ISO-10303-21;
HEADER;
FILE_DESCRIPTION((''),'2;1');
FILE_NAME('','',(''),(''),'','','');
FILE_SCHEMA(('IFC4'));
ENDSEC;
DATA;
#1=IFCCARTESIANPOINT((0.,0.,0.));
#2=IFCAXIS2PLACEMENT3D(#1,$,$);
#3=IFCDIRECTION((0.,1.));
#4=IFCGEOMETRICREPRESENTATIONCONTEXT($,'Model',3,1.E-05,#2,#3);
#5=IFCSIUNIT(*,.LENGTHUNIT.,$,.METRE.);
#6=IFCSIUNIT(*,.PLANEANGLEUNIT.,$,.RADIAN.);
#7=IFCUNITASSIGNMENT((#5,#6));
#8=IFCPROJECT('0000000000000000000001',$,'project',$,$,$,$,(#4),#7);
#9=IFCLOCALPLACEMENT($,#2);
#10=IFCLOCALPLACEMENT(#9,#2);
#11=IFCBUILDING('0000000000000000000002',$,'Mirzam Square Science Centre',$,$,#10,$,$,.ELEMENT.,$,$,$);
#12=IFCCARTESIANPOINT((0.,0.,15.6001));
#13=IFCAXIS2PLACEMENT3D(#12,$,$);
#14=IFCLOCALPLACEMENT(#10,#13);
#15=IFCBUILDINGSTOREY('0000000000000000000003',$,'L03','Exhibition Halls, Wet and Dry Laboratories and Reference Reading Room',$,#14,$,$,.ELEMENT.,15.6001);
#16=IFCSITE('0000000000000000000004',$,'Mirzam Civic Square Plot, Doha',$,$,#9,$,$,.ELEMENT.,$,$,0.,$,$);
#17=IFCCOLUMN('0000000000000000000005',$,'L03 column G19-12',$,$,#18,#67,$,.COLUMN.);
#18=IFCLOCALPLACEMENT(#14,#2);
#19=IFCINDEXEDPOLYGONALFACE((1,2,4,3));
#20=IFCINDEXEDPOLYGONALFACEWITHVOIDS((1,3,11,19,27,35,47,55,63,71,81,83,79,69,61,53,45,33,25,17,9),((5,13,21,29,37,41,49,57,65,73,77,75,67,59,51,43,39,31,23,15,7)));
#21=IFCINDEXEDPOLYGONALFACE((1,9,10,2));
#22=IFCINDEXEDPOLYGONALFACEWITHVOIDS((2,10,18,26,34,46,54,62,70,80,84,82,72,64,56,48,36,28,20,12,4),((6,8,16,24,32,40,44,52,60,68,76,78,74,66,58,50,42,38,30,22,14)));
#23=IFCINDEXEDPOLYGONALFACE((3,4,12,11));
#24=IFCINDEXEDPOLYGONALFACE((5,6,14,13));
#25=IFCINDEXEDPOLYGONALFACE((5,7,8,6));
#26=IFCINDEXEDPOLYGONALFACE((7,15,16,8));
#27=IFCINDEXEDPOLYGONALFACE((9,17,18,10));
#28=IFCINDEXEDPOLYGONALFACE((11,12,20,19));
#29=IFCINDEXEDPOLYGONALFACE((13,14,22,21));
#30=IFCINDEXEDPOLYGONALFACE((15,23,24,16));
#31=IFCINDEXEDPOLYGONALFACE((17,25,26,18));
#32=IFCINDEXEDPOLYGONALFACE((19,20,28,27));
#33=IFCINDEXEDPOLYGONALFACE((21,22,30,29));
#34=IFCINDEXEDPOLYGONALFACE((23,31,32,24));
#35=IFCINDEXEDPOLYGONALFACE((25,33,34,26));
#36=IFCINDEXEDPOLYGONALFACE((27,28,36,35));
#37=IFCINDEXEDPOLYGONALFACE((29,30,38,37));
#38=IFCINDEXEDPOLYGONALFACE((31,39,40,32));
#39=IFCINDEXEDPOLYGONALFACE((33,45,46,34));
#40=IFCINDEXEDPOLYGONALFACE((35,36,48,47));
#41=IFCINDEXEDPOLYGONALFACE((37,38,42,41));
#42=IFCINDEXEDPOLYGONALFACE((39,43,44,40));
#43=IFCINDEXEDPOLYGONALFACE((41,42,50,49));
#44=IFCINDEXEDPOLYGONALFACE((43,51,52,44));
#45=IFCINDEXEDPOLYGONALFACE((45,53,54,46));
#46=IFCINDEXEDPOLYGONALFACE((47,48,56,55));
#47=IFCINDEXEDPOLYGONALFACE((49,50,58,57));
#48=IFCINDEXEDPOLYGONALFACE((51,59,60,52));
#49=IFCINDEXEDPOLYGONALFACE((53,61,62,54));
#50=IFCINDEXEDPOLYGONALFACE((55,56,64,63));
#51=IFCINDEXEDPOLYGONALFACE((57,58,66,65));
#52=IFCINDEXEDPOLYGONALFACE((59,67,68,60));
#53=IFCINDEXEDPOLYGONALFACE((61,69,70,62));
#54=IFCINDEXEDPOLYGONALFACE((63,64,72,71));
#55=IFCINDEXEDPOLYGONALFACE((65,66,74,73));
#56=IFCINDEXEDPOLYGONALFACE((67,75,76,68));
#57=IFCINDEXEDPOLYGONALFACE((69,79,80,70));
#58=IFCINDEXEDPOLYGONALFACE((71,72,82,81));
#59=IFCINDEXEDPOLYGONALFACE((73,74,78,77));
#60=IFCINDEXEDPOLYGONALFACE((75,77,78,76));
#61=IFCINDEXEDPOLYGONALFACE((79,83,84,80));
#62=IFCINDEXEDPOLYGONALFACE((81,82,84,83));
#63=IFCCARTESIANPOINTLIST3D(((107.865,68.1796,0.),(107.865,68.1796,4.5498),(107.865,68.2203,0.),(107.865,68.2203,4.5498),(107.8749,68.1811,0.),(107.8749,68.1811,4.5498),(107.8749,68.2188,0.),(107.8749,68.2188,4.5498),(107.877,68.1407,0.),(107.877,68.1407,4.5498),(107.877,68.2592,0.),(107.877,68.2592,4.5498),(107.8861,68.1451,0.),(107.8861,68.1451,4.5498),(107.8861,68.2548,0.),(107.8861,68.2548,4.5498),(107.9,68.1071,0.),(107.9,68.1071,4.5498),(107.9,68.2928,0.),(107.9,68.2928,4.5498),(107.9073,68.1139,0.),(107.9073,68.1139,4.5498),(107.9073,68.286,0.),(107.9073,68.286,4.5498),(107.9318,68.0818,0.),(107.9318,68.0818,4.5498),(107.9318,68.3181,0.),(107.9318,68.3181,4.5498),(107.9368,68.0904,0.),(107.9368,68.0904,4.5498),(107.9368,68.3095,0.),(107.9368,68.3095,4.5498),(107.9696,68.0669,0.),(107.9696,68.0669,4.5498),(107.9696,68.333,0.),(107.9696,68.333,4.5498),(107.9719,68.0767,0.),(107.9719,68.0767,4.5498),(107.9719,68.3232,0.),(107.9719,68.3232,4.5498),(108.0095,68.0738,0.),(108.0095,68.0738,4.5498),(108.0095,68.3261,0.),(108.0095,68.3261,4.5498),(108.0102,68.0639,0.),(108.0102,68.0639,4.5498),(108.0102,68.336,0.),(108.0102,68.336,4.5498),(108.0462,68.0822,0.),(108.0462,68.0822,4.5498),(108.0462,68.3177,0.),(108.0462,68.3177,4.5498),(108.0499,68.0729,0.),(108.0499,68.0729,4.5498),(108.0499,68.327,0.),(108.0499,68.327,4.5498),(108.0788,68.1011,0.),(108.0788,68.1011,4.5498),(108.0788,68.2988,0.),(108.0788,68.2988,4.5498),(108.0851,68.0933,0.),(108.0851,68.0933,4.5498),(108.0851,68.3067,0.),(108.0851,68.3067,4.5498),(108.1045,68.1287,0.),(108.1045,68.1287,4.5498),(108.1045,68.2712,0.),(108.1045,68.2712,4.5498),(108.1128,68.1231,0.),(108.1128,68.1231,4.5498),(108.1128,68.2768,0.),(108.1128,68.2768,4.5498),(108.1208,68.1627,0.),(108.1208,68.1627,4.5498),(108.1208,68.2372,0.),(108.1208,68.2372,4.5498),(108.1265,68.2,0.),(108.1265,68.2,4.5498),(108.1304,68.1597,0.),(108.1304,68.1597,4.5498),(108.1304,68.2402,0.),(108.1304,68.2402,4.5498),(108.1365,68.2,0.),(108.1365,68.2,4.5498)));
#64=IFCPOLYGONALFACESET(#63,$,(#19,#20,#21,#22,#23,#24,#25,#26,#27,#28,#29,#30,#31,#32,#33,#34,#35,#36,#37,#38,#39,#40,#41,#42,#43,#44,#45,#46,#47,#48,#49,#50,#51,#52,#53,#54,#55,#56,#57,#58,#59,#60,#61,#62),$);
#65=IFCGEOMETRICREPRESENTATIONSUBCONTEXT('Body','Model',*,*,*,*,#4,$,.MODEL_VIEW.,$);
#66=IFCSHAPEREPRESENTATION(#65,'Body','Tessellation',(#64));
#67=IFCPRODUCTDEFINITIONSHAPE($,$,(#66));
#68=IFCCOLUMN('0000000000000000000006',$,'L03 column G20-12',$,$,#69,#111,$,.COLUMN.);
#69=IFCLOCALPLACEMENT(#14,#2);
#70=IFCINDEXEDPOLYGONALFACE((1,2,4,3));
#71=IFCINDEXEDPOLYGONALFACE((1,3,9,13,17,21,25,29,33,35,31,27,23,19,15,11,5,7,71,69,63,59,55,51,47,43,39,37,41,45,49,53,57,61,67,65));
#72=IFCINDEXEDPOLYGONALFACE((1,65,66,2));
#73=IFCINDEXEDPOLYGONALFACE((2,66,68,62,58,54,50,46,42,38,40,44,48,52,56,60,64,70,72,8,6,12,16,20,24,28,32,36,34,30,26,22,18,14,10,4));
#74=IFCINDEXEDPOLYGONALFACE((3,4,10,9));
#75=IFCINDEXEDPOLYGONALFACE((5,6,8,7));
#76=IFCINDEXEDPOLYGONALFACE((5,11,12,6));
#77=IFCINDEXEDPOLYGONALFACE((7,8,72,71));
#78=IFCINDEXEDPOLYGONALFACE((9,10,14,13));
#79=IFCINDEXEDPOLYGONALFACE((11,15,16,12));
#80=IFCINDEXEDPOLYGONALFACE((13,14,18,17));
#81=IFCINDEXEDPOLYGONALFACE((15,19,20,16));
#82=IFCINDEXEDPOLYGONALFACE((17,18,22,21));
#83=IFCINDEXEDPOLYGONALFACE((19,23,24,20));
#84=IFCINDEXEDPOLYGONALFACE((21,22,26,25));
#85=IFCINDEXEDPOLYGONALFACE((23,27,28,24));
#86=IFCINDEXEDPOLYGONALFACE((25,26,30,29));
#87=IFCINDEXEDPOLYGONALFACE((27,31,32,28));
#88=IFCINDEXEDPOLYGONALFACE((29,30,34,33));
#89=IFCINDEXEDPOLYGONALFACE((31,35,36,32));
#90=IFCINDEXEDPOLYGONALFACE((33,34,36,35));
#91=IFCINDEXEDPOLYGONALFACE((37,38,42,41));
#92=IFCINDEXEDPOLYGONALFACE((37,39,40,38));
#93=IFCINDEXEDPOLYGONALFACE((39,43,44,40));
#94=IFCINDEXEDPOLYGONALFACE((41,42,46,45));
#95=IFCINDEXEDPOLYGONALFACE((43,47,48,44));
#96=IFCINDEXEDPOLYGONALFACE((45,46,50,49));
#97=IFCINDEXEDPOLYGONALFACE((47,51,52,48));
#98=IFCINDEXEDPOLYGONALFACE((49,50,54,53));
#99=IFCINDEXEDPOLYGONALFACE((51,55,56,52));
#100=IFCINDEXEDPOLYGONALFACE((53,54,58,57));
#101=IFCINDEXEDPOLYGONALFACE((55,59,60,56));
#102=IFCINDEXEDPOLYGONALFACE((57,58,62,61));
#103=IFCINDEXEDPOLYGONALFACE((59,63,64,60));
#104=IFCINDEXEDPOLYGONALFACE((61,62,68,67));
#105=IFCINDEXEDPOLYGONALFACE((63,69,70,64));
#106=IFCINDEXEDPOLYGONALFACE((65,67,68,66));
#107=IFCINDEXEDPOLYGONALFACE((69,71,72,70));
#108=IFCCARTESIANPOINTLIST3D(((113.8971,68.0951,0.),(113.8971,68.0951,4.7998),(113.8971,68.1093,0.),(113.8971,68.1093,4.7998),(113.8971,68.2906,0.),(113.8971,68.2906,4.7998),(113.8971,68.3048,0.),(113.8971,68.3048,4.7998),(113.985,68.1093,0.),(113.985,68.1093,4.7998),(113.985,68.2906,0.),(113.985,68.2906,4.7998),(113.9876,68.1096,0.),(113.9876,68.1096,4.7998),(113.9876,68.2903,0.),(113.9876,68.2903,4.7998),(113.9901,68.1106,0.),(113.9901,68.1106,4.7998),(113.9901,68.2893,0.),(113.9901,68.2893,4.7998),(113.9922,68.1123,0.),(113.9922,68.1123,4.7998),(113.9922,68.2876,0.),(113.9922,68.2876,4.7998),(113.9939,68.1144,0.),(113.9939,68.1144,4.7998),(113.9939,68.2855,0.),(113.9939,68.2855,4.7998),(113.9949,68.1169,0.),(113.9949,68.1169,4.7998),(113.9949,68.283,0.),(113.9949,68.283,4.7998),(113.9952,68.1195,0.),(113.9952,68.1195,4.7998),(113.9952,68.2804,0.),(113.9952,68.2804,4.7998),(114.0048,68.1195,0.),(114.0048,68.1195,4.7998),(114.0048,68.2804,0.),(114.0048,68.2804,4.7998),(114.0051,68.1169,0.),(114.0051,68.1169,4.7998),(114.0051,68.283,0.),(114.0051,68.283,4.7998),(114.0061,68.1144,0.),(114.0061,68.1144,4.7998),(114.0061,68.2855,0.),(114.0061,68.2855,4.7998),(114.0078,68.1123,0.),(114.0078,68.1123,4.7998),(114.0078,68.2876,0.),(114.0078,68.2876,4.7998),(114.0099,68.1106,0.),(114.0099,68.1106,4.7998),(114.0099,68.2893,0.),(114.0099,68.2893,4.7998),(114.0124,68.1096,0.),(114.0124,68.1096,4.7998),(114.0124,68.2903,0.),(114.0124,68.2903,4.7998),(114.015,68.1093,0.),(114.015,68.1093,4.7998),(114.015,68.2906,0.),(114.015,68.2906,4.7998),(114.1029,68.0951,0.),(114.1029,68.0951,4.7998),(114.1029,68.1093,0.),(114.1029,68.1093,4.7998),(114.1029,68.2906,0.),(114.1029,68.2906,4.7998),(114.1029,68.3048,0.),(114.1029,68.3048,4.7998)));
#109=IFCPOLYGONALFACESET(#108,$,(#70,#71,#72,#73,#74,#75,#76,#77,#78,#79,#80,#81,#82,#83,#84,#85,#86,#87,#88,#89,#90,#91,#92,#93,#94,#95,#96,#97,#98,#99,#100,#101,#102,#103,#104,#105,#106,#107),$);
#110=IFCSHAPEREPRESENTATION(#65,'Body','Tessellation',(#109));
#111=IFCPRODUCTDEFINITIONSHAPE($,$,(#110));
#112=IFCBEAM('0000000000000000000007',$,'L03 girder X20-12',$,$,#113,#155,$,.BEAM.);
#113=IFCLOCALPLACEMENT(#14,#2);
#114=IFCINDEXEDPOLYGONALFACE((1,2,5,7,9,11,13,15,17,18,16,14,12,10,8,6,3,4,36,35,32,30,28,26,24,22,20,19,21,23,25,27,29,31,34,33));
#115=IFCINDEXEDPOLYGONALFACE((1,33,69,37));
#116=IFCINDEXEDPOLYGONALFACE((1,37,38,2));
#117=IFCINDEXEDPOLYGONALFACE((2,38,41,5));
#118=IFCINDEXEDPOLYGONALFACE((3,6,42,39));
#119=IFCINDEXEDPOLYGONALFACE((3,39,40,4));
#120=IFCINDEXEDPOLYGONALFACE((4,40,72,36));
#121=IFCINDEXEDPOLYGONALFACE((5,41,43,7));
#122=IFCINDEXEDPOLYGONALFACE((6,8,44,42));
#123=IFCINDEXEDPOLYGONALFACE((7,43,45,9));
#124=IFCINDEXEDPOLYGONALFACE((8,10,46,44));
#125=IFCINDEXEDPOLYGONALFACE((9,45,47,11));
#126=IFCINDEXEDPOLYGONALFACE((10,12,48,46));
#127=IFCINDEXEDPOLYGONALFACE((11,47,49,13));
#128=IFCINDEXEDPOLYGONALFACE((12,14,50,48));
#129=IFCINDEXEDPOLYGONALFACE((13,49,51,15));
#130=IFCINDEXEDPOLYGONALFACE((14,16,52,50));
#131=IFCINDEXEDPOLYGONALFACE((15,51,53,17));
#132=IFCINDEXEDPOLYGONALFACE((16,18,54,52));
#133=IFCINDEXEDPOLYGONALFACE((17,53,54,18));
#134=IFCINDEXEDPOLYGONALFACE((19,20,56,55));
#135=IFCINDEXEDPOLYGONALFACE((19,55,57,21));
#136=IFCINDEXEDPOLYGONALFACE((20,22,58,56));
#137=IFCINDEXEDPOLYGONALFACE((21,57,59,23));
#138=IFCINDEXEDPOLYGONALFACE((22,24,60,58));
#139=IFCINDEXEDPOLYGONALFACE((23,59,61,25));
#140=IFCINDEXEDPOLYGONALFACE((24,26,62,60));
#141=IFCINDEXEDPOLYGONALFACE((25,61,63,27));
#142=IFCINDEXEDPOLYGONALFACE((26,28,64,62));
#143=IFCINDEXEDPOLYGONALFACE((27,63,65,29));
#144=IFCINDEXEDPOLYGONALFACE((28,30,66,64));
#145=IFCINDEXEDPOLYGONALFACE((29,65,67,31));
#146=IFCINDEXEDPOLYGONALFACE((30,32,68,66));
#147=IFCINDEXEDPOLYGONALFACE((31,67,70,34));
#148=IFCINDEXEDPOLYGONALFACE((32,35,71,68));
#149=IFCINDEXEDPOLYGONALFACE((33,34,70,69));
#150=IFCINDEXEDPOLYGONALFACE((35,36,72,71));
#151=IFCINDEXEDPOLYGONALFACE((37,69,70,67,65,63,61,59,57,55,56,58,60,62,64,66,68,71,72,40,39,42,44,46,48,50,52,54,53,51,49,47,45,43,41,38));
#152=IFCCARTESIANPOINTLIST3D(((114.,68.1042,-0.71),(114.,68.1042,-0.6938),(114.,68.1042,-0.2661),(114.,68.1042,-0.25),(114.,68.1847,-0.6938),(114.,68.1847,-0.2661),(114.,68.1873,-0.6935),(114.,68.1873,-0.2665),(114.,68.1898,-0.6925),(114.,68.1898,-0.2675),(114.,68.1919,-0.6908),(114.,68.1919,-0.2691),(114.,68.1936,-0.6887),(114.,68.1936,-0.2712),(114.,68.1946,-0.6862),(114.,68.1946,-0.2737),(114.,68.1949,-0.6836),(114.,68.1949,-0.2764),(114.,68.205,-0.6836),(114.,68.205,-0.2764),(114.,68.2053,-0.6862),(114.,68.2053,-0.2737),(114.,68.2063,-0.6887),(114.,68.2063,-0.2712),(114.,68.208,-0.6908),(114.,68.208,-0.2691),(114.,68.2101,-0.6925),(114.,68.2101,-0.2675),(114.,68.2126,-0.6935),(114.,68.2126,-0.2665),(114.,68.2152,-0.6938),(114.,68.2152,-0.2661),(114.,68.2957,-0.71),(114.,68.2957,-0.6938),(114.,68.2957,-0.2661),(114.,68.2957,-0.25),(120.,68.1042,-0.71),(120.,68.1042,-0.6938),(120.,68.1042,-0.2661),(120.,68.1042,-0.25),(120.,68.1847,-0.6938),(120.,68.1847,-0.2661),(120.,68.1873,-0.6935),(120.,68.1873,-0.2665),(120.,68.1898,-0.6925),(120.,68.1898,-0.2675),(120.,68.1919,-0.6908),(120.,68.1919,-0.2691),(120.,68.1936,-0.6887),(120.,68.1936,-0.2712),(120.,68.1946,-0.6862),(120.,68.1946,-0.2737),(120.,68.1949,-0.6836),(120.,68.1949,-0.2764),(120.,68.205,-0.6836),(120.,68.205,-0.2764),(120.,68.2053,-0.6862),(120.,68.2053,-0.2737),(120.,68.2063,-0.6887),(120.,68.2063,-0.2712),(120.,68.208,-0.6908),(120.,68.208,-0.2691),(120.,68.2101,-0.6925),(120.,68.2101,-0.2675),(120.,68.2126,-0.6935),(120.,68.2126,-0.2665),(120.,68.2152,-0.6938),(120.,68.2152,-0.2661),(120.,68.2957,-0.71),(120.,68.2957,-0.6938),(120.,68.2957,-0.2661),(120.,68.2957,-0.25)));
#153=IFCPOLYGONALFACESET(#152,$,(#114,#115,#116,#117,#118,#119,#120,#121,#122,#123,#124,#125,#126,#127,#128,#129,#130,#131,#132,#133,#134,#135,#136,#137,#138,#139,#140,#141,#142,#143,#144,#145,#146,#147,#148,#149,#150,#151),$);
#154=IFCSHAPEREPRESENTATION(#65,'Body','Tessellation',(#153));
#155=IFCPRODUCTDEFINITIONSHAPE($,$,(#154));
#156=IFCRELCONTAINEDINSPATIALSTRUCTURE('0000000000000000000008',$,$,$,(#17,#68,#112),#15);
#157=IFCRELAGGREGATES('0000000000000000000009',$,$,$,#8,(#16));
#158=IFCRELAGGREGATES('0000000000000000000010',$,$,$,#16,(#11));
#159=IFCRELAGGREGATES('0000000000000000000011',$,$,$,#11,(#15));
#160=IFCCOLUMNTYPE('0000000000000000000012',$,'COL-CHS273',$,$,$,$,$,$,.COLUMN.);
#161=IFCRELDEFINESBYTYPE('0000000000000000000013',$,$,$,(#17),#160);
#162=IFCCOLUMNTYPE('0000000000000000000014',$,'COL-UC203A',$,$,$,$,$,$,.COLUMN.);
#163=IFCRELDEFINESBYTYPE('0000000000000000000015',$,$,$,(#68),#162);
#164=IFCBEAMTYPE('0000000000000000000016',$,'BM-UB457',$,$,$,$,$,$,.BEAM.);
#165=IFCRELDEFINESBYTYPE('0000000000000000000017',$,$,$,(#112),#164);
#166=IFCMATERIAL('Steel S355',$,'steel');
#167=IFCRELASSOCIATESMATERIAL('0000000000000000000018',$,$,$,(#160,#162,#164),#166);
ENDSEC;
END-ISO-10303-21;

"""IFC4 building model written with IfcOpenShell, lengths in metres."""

from ifc_helpers import new_model, si_unit, direction, frame, origin, origin_2d, place, context, subcontext, project, spatial, hollow_circle, i_section, extrude, material, material_profile, profile_set, type_object, element, save


model = new_model("IFC4")

# Units and contexts
model_context = context("Model", 3, precision=1e-05, world=origin(), true_north=direction((0.0, 1.0)))
body_context = subcontext(model_context, "Body", "Model", "MODEL_VIEW")
ifc_project = project(units=[si_unit("LENGTHUNIT", "METRE"), si_unit("PLANEANGLEUNIT", "RADIAN")], contexts=[model_context])

# Site, building, storey
site_placement = place(None, origin())
site = spatial("IfcSite", under=ifc_project, at=site_placement, Name="Mirzam Civic Square Plot, Doha", CompositionType="ELEMENT", RefElevation=0.0)
building_placement = place(site_placement, origin())
building = spatial("IfcBuilding", under=site, at=building_placement, Name="Mirzam Square Science Centre", CompositionType="ELEMENT")
storey_placement = place(building_placement, frame((0.0, 0.0, 15.6001)))
storey = spatial("IfcBuildingStorey", under=building, at=storey_placement, Name="L03", Description="Exhibition Halls, Wet and Dry Laboratories and Reference Reading Room", CompositionType="ELEMENT", Elevation=15.6001)

# Columns
ifc_material_1 = material(Name="Steel S355", Category="steel")
ifc_material_profile_1 = material_profile(ifc_material_1, hollow_circle(Radius=0.1365, WallThickness=0.01, at=origin_2d()), Name="273.0x10.0CHS")
ifc_profile_set_1 = profile_set([ifc_material_profile_1], Name="Steel S355")
column_type_1 = type_object("IfcColumnType", Name="COL-CHS273", PredefinedType="COLUMN", material=ifc_profile_set_1)
column_1_placement = place(storey_placement, frame((108.0, 68.2, 0.0), z_axis=(0.0, 0.0, 1.0), x_axis=(1.0, 0.0, 0.0)))
element("IfcColumn", 1, at=column_1_placement, inside=storey, type_object=column_type_1, Name="L03 column G19-12", PredefinedType="COLUMN", context=body_context, shape_type="SweptSolid", body=[
    extrude(hollow_circle(Radius=0.1365, WallThickness=0.01, at=origin_2d()), origin(), (0.0, 0.0, 1.0), 4.5498),
])
ifc_material_profile_2 = material_profile(ifc_material_1, i_section(OverallWidth=0.2058, OverallDepth=0.2097, WebThickness=0.0095, FlangeThickness=0.0142, FilletRadius=0.0103, at=origin_2d()), Name="203x203x60UC")
ifc_profile_set_2 = profile_set([ifc_material_profile_2], Name="Steel S355")
column_type_2 = type_object("IfcColumnType", Name="COL-UC203A", PredefinedType="COLUMN", material=ifc_profile_set_2)
column_2_placement = place(storey_placement, frame((114.0, 68.2, 0.0), z_axis=(0.0, 0.0, 1.0), x_axis=(1.0, 0.0, 0.0)))
element("IfcColumn", 2, at=column_2_placement, inside=storey, type_object=column_type_2, Name="L03 column G20-12", PredefinedType="COLUMN", context=body_context, shape_type="SweptSolid", body=[
    extrude(i_section(OverallWidth=0.2058, OverallDepth=0.2097, WebThickness=0.0095, FlangeThickness=0.0142, FilletRadius=0.0103, at=origin_2d()), origin(), (0.0, 0.0, 1.0), 4.7998),
])

# Beam
ifc_material_profile_3 = material_profile(ifc_material_1, i_section(OverallWidth=0.1914, OverallDepth=0.46, WebThickness=0.01, FlangeThickness=0.0161, FilletRadius=0.0103, at=origin_2d()), Name="457x191x82UB")
ifc_profile_set_3 = profile_set([ifc_material_profile_3], Name="Steel S355")
beam_type_1 = type_object("IfcBeamType", Name="BM-UB457", PredefinedType="BEAM", material=ifc_profile_set_3)
beam_1_placement = place(storey_placement, frame((114.0, 68.2, -0.48), z_axis=(1.0, 0.0, 0.0), x_axis=(0.0, 1.0, 0.0)))
element("IfcBeam", 3, at=beam_1_placement, inside=storey, type_object=beam_type_1, Name="L03 girder X20-12", PredefinedType="BEAM", context=body_context, shape_type="SweptSolid", body=[
    extrude(i_section(OverallWidth=0.1914, OverallDepth=0.46, WebThickness=0.01, FlangeThickness=0.0161, FilletRadius=0.0103, at=origin_2d()), origin(), (0.0, 0.0, 1.0), 6.0),
])

save(model, "model.ifc")
